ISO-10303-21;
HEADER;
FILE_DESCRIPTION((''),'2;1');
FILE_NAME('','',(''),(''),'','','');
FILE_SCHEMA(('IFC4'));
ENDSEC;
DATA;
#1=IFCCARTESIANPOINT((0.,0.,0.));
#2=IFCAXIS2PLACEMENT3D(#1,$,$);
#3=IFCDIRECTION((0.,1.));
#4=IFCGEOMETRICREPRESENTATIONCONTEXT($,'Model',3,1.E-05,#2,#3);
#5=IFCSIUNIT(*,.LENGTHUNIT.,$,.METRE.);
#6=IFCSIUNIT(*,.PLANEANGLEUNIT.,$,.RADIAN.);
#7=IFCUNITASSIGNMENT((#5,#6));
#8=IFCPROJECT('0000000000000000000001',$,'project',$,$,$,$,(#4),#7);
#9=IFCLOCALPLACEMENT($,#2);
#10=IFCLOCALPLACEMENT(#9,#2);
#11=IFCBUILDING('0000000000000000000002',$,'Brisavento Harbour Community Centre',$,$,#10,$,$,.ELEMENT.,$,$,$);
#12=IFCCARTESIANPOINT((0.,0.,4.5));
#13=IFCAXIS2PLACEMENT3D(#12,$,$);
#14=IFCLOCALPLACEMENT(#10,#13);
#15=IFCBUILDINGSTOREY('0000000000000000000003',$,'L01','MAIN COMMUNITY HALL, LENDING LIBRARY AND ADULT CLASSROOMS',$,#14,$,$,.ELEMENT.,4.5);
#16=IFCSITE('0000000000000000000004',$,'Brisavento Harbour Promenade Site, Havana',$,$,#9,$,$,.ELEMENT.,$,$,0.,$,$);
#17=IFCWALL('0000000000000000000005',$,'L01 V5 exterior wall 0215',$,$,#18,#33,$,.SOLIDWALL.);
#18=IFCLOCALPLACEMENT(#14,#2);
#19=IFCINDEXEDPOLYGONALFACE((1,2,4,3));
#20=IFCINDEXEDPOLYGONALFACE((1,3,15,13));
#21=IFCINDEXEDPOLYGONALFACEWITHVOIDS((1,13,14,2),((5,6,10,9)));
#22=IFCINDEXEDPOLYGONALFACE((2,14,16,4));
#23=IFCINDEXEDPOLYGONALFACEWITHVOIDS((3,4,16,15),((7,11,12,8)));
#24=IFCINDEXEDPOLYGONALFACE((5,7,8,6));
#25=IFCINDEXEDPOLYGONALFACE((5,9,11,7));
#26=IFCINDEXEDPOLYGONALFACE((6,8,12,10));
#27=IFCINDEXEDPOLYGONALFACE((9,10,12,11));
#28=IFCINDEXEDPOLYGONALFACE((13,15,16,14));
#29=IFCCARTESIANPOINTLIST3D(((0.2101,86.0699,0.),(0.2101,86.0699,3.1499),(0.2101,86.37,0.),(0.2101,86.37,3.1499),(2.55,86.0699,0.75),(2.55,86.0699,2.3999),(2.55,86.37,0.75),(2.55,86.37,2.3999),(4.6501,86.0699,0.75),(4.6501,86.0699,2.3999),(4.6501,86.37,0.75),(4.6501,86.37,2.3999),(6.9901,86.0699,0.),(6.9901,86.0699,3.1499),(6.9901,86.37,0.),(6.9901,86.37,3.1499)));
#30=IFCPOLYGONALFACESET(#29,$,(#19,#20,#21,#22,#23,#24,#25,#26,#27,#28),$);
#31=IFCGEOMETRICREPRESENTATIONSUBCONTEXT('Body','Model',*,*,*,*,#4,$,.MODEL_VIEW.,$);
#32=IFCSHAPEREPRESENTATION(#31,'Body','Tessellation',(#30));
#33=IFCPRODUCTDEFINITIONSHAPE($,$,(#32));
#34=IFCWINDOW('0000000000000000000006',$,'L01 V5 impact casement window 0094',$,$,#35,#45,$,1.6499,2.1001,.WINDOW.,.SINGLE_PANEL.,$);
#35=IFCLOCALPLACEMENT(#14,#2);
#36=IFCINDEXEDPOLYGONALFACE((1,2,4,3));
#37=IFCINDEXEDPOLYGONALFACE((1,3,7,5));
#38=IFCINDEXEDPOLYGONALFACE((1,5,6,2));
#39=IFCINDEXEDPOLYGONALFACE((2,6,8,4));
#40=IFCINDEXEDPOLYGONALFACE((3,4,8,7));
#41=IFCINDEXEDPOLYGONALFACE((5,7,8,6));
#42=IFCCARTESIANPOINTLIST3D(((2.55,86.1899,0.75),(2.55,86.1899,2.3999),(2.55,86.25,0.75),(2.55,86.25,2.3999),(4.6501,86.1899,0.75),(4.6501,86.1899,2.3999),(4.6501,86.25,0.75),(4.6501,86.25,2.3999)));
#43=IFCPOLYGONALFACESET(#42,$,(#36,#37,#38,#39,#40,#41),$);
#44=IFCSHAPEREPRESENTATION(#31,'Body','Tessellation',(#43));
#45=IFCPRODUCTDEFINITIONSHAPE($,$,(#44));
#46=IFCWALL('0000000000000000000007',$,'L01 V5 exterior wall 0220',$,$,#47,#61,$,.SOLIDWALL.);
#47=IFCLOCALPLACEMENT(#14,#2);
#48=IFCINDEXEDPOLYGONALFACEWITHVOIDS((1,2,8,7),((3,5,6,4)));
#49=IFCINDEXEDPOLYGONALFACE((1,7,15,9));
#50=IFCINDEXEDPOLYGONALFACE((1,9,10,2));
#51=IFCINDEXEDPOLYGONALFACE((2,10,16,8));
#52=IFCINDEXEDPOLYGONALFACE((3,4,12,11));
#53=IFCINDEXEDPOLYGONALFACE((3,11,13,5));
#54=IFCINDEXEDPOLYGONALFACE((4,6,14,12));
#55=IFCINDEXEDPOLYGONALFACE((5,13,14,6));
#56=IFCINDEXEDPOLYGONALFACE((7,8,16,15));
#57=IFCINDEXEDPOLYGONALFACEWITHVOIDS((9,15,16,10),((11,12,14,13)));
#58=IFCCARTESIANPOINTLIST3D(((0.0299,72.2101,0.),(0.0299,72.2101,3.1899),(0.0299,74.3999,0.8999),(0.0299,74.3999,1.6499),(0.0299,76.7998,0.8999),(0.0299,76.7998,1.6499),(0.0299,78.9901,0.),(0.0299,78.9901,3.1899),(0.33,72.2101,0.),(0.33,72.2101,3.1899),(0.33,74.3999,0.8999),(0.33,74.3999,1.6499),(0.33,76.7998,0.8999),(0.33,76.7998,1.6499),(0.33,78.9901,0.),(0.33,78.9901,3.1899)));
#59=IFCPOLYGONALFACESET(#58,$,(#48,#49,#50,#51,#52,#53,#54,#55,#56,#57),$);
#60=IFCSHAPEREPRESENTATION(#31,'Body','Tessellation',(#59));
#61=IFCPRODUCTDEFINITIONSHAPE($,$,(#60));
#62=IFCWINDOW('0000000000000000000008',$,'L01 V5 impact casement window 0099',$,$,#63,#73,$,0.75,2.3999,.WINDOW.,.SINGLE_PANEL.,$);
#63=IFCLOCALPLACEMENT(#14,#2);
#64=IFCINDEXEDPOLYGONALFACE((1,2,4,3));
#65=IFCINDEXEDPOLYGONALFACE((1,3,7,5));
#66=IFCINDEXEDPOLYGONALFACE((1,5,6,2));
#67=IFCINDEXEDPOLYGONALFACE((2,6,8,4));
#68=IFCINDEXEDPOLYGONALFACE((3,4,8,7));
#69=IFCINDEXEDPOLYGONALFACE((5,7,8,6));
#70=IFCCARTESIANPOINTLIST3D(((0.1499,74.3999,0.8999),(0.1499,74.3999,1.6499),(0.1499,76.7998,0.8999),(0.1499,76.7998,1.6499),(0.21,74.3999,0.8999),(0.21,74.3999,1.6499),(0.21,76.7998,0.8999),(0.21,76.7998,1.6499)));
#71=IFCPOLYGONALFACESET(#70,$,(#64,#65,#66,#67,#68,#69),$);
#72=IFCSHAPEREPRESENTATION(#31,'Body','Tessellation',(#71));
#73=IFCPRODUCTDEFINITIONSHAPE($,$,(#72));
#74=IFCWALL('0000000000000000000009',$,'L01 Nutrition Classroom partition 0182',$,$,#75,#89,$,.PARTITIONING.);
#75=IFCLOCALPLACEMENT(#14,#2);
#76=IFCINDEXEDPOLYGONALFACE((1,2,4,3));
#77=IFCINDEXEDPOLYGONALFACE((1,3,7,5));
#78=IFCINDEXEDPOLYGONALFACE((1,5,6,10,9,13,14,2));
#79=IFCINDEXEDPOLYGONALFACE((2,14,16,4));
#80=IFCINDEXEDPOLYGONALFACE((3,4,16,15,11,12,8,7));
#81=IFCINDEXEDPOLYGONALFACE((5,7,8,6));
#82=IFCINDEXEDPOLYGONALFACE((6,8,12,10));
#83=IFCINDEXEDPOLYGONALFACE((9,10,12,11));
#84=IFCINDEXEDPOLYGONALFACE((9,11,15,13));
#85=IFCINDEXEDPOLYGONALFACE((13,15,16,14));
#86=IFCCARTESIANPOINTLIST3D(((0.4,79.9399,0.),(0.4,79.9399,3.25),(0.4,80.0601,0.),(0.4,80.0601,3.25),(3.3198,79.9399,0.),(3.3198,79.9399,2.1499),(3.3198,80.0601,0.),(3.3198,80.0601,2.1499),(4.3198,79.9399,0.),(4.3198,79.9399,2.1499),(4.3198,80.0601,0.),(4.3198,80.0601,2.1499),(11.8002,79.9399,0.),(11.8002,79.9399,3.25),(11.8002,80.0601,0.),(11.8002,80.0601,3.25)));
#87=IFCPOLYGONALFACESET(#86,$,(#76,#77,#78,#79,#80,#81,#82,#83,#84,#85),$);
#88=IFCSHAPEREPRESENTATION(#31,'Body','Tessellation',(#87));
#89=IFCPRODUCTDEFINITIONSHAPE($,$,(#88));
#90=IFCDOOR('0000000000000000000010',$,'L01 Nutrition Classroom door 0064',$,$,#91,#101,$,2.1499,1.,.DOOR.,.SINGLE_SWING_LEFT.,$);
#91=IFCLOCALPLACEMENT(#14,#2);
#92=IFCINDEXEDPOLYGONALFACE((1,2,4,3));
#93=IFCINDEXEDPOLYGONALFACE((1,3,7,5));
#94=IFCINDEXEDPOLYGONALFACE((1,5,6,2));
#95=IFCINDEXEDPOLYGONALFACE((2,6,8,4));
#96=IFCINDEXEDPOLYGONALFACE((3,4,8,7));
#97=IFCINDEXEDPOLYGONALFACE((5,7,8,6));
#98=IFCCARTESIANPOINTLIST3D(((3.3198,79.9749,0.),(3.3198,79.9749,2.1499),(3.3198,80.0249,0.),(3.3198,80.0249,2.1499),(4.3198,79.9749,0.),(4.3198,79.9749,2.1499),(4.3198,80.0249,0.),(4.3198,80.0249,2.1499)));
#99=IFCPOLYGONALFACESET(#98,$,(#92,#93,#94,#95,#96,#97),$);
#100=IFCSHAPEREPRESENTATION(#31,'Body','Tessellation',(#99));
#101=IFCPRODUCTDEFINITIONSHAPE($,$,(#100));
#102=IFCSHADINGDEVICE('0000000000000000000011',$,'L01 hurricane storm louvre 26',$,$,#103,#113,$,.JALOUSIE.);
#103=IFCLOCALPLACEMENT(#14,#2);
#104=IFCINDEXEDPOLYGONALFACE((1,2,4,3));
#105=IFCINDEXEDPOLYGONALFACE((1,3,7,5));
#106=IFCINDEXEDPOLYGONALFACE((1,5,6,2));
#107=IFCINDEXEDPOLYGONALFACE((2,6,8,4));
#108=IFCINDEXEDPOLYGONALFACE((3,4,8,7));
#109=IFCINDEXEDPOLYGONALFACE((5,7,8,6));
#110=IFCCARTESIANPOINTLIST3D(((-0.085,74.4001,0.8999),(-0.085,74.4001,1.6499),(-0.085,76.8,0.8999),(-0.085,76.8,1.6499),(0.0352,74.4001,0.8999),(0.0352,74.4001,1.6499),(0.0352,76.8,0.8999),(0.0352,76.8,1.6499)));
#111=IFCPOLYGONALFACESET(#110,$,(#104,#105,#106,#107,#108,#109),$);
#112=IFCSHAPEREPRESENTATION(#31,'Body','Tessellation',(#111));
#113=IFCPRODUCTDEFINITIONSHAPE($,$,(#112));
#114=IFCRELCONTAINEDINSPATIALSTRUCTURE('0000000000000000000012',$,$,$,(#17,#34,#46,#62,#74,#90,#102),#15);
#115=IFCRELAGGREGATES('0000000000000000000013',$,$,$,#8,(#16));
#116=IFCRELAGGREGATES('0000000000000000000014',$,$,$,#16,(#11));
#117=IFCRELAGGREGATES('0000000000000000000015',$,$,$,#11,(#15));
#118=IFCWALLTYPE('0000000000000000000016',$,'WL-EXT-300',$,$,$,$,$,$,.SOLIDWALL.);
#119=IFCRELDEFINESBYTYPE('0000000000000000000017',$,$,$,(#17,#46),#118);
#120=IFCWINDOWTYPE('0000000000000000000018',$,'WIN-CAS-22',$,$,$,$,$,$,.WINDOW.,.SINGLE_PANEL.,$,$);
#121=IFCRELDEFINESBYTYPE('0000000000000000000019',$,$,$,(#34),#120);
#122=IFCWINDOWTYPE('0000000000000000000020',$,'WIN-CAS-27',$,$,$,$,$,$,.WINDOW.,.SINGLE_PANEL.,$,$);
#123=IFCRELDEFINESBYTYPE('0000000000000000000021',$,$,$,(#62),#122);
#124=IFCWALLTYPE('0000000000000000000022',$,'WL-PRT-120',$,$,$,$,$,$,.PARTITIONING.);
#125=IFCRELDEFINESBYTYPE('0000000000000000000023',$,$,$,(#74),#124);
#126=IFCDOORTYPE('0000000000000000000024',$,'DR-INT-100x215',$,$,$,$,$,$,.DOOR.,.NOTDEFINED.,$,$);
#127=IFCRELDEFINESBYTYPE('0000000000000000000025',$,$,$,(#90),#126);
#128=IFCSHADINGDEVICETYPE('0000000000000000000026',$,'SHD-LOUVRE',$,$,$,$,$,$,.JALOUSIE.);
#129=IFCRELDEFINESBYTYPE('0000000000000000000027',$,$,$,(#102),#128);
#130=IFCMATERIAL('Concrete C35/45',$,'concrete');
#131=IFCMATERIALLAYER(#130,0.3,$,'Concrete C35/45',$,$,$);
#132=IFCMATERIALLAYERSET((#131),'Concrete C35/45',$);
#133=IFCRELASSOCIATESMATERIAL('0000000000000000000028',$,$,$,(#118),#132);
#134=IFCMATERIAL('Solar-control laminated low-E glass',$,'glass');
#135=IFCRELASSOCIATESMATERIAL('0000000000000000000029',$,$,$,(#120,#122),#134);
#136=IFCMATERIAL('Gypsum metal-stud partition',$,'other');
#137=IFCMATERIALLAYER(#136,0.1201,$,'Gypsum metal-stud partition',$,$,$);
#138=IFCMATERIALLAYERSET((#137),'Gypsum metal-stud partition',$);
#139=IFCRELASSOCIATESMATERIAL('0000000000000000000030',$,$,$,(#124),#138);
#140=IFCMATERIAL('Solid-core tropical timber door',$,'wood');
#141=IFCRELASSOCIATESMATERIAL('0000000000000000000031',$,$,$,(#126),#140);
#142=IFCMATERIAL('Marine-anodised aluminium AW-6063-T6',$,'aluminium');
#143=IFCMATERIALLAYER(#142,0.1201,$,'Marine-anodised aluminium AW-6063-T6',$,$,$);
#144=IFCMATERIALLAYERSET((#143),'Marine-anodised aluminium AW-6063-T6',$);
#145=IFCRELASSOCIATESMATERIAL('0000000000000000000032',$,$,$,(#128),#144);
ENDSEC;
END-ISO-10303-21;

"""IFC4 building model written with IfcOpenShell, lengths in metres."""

from ifc_helpers import new_model, si_unit, direction, frame, frame_2d, origin, origin_2d, place, context, subcontext, project, spatial, rectangle, extrude, material, layer, layer_set, type_object, element, fill, save


model = new_model("IFC4")

# Units and contexts
model_context = context("Model", 3, precision=1e-05, world=origin(), true_north=direction((0.0, 1.0)))
body_context = subcontext(model_context, "Body", "Model", "MODEL_VIEW")
ifc_project = project(units=[si_unit("LENGTHUNIT", "METRE"), si_unit("PLANEANGLEUNIT", "RADIAN")], contexts=[model_context])

# Site, building, storey
site_placement = place(None, origin())
site = spatial("IfcSite", under=ifc_project, at=site_placement, Name="Brisavento Harbour Promenade Site, Havana", CompositionType="ELEMENT", RefElevation=0.0)
building_placement = place(site_placement, origin())
building = spatial("IfcBuilding", under=site, at=building_placement, Name="Brisavento Harbour Community Centre", CompositionType="ELEMENT")
storey_placement = place(building_placement, frame((0.0, 0.0, 4.5)))
storey = spatial("IfcBuildingStorey", under=building, at=storey_placement, Name="L01", Description="MAIN COMMUNITY HALL, LENDING LIBRARY AND ADULT CLASSROOMS", CompositionType="ELEMENT", Elevation=4.5)

# Shared definitions
ifc_material_1 = material(Name="Concrete C35/45", Category="concrete")

# Walls, openings, windows
ifc_material_2 = material(Name="Solar-control laminated low-E glass", Category="glass")
ifc_layer_1 = layer(ifc_material_1, 0.3, Name="Concrete C35/45")
ifc_layer_set_1 = layer_set([ifc_layer_1], Name="Concrete C35/45")
wall_type_1 = type_object("IfcWallType", Name="WL-EXT-300", PredefinedType="SOLIDWALL", material=ifc_layer_set_1)
wall_1_placement = place(storey_placement, frame((0.21, 86.22, 0.0), z_axis=(0.0, 0.0, 1.0), x_axis=(1.0, 0.0, 0.0)))
wall_1 = element("IfcWall", 1, at=wall_1_placement, inside=storey, type_object=wall_type_1, Name="L01 V5 exterior wall 0215", PredefinedType="SOLIDWALL", context=body_context, shape_type="SweptSolid", body=[
    extrude(rectangle(XDim=6.78, YDim=0.3, at=frame_2d((3.3901, 0.0))), origin(), (0.0, 0.0, 1.0), 3.1499),
])
opening_1_placement = place(wall_1_placement, frame((2.3401, 0.0, 0.75)))
opening_1 = element("IfcOpeningElement", 2, at=opening_1_placement, cuts=wall_1, PredefinedType="OPENING", context=body_context, shape_type="SweptSolid", body=[
    extrude(rectangle(XDim=2.1001, YDim=1.6499, at=frame_2d((1.05, 0.825))), frame((0.0, 0.1602, 0.0), z_axis=(0.0, -1.0, 0.0), x_axis=(1.0, 0.0, 0.0)), (0.0, 0.0, 1.0), 0.3201),
])
window_type_1 = type_object("IfcWindowType", Name="WIN-CAS-22", PartitioningType="SINGLE_PANEL", PredefinedType="WINDOW", material=ifc_material_2)
window_1_placement = place(opening_1_placement, origin())
window_1 = element("IfcWindow", 3, at=window_1_placement, inside=storey, type_object=window_type_1, Name="L01 V5 impact casement window 0094", OverallHeight=1.6499, OverallWidth=2.1001, PartitioningType="SINGLE_PANEL", PredefinedType="WINDOW", context=body_context, shape_type="SweptSolid", body=[
    extrude(rectangle(XDim=2.1001, YDim=1.6499, at=frame_2d((1.05, 0.825))), frame((0.0, 0.03, 0.0), z_axis=(0.0, -1.0, 0.0), x_axis=(1.0, 0.0, 0.0)), (0.0, 0.0, 1.0), 0.0601),
])
fill(opening_1, window_1)
wall_2_placement = place(storey_placement, frame((0.1799, 72.21, 0.0), z_axis=(0.0, 0.0, 1.0), x_axis=(0.0, 1.0, 0.0)))
wall_2 = element("IfcWall", 4, at=wall_2_placement, inside=storey, type_object=wall_type_1, Name="L01 V5 exterior wall 0220", PredefinedType="SOLIDWALL", context=body_context, shape_type="SweptSolid", body=[
    extrude(rectangle(XDim=6.78, YDim=0.3, at=frame_2d((3.3901, 0.0))), origin(), (0.0, 0.0, 1.0), 3.1899),
])
opening_2_placement = place(wall_2_placement, frame((2.1899, 0.0, 0.8999)))
opening_2 = element("IfcOpeningElement", 5, at=opening_2_placement, cuts=wall_2, PredefinedType="OPENING", context=body_context, shape_type="SweptSolid", body=[
    extrude(rectangle(XDim=2.3999, YDim=0.75, at=frame_2d((1.2, 0.375))), frame((0.0, 0.1602, 0.0), z_axis=(0.0, -1.0, 0.0), x_axis=(1.0, 0.0, 0.0)), (0.0, 0.0, 1.0), 0.3201),
])
window_type_2 = type_object("IfcWindowType", Name="WIN-CAS-27", PartitioningType="SINGLE_PANEL", PredefinedType="WINDOW", material=ifc_material_2)
window_2_placement = place(opening_2_placement, origin())
window_2 = element("IfcWindow", 6, at=window_2_placement, inside=storey, type_object=window_type_2, Name="L01 V5 impact casement window 0099", OverallHeight=0.75, OverallWidth=2.3999, PartitioningType="SINGLE_PANEL", PredefinedType="WINDOW", context=body_context, shape_type="SweptSolid", body=[
    extrude(rectangle(XDim=2.3999, YDim=0.75, at=frame_2d((1.2, 0.375))), frame((0.0, 0.03, 0.0), z_axis=(0.0, -1.0, 0.0), x_axis=(1.0, 0.0, 0.0)), (0.0, 0.0, 1.0), 0.0601),
])
fill(opening_2, window_2)

# Wall, opening, door
ifc_material_3 = material(Name="Gypsum metal-stud partition", Category="other")
ifc_layer_2 = layer(ifc_material_3, 0.1201, Name="Gypsum metal-stud partition")
ifc_layer_set_2 = layer_set([ifc_layer_2], Name="Gypsum metal-stud partition")
wall_type_2 = type_object("IfcWallType", Name="WL-PRT-120", PredefinedType="PARTITIONING", material=ifc_layer_set_2)
wall_3_placement = place(storey_placement, frame((0.3999, 80.0, 0.0), z_axis=(0.0, 0.0, 1.0), x_axis=(1.0, 0.0, 0.0)))
wall_3 = element("IfcWall", 7, at=wall_3_placement, inside=storey, type_object=wall_type_2, Name="L01 Nutrition Classroom partition 0182", PredefinedType="PARTITIONING", context=body_context, shape_type="SweptSolid", body=[
    extrude(rectangle(XDim=11.4001, YDim=0.1201, at=frame_2d((5.7002, 0.0))), origin(), (0.0, 0.0, 1.0), 3.25),
])
opening_3_placement = place(wall_3_placement, frame((2.9199, 0.0, 0.0)))
opening_3 = element("IfcOpeningElement", 8, at=opening_3_placement, cuts=wall_3, PredefinedType="OPENING", context=body_context, shape_type="SweptSolid", body=[
    extrude(rectangle(XDim=1.0, YDim=2.1499, at=frame_2d((0.5, 1.075))), frame((0.0, 0.0701, 0.0), z_axis=(0.0, -1.0, 0.0), x_axis=(1.0, 0.0, 0.0)), (0.0, 0.0, 1.0), 0.1401),
])
ifc_material_4 = material(Name="Solid-core tropical timber door", Category="wood")
door_type_1 = type_object("IfcDoorType", Name="DR-INT-100x215", OperationType="NOTDEFINED", PredefinedType="DOOR", material=ifc_material_4)
door_1_placement = place(opening_3_placement, origin())
door_1 = element("IfcDoor", 9, at=door_1_placement, inside=storey, type_object=door_type_1, Name="L01 Nutrition Classroom door 0064", OperationType="SINGLE_SWING_LEFT", OverallHeight=2.1499, OverallWidth=1.0, PredefinedType="DOOR", context=body_context, shape_type="SweptSolid", body=[
    extrude(rectangle(XDim=1.0, YDim=2.1499, at=frame_2d((0.5, 1.075))), frame((0.0, 0.0249, 0.0), z_axis=(0.0, -1.0, 0.0), x_axis=(1.0, 0.0, 0.0)), (0.0, 0.0, 1.0), 0.05),
])
fill(opening_3, door_1)

# Shading device
ifc_material_5 = material(Name="Marine-anodised aluminium AW-6063-T6", Category="aluminium")
ifc_layer_3 = layer(ifc_material_5, 0.1201, Name="Marine-anodised aluminium AW-6063-T6")
ifc_layer_set_3 = layer_set([ifc_layer_3], Name="Marine-anodised aluminium AW-6063-T6")
shading_device_type = type_object("IfcShadingDeviceType", Name="SHD-LOUVRE", PredefinedType="JALOUSIE", material=ifc_layer_set_3)
shading_device_placement = place(storey_placement, frame((-0.0249, 75.6001, 0.8999), z_axis=(0.0, 0.0, 1.0), x_axis=(0.0, 1.0, 0.0)))
element("IfcShadingDevice", 10, at=shading_device_placement, inside=storey, type_object=shading_device_type, Name="L01 hurricane storm louvre 26", PredefinedType="JALOUSIE", context=body_context, shape_type="SweptSolid", body=[
    extrude(rectangle(XDim=2.3999, YDim=0.1201, at=origin_2d()), origin(), (0.0, 0.0, 1.0), 0.75),
])

save(model, "model.ifc")
